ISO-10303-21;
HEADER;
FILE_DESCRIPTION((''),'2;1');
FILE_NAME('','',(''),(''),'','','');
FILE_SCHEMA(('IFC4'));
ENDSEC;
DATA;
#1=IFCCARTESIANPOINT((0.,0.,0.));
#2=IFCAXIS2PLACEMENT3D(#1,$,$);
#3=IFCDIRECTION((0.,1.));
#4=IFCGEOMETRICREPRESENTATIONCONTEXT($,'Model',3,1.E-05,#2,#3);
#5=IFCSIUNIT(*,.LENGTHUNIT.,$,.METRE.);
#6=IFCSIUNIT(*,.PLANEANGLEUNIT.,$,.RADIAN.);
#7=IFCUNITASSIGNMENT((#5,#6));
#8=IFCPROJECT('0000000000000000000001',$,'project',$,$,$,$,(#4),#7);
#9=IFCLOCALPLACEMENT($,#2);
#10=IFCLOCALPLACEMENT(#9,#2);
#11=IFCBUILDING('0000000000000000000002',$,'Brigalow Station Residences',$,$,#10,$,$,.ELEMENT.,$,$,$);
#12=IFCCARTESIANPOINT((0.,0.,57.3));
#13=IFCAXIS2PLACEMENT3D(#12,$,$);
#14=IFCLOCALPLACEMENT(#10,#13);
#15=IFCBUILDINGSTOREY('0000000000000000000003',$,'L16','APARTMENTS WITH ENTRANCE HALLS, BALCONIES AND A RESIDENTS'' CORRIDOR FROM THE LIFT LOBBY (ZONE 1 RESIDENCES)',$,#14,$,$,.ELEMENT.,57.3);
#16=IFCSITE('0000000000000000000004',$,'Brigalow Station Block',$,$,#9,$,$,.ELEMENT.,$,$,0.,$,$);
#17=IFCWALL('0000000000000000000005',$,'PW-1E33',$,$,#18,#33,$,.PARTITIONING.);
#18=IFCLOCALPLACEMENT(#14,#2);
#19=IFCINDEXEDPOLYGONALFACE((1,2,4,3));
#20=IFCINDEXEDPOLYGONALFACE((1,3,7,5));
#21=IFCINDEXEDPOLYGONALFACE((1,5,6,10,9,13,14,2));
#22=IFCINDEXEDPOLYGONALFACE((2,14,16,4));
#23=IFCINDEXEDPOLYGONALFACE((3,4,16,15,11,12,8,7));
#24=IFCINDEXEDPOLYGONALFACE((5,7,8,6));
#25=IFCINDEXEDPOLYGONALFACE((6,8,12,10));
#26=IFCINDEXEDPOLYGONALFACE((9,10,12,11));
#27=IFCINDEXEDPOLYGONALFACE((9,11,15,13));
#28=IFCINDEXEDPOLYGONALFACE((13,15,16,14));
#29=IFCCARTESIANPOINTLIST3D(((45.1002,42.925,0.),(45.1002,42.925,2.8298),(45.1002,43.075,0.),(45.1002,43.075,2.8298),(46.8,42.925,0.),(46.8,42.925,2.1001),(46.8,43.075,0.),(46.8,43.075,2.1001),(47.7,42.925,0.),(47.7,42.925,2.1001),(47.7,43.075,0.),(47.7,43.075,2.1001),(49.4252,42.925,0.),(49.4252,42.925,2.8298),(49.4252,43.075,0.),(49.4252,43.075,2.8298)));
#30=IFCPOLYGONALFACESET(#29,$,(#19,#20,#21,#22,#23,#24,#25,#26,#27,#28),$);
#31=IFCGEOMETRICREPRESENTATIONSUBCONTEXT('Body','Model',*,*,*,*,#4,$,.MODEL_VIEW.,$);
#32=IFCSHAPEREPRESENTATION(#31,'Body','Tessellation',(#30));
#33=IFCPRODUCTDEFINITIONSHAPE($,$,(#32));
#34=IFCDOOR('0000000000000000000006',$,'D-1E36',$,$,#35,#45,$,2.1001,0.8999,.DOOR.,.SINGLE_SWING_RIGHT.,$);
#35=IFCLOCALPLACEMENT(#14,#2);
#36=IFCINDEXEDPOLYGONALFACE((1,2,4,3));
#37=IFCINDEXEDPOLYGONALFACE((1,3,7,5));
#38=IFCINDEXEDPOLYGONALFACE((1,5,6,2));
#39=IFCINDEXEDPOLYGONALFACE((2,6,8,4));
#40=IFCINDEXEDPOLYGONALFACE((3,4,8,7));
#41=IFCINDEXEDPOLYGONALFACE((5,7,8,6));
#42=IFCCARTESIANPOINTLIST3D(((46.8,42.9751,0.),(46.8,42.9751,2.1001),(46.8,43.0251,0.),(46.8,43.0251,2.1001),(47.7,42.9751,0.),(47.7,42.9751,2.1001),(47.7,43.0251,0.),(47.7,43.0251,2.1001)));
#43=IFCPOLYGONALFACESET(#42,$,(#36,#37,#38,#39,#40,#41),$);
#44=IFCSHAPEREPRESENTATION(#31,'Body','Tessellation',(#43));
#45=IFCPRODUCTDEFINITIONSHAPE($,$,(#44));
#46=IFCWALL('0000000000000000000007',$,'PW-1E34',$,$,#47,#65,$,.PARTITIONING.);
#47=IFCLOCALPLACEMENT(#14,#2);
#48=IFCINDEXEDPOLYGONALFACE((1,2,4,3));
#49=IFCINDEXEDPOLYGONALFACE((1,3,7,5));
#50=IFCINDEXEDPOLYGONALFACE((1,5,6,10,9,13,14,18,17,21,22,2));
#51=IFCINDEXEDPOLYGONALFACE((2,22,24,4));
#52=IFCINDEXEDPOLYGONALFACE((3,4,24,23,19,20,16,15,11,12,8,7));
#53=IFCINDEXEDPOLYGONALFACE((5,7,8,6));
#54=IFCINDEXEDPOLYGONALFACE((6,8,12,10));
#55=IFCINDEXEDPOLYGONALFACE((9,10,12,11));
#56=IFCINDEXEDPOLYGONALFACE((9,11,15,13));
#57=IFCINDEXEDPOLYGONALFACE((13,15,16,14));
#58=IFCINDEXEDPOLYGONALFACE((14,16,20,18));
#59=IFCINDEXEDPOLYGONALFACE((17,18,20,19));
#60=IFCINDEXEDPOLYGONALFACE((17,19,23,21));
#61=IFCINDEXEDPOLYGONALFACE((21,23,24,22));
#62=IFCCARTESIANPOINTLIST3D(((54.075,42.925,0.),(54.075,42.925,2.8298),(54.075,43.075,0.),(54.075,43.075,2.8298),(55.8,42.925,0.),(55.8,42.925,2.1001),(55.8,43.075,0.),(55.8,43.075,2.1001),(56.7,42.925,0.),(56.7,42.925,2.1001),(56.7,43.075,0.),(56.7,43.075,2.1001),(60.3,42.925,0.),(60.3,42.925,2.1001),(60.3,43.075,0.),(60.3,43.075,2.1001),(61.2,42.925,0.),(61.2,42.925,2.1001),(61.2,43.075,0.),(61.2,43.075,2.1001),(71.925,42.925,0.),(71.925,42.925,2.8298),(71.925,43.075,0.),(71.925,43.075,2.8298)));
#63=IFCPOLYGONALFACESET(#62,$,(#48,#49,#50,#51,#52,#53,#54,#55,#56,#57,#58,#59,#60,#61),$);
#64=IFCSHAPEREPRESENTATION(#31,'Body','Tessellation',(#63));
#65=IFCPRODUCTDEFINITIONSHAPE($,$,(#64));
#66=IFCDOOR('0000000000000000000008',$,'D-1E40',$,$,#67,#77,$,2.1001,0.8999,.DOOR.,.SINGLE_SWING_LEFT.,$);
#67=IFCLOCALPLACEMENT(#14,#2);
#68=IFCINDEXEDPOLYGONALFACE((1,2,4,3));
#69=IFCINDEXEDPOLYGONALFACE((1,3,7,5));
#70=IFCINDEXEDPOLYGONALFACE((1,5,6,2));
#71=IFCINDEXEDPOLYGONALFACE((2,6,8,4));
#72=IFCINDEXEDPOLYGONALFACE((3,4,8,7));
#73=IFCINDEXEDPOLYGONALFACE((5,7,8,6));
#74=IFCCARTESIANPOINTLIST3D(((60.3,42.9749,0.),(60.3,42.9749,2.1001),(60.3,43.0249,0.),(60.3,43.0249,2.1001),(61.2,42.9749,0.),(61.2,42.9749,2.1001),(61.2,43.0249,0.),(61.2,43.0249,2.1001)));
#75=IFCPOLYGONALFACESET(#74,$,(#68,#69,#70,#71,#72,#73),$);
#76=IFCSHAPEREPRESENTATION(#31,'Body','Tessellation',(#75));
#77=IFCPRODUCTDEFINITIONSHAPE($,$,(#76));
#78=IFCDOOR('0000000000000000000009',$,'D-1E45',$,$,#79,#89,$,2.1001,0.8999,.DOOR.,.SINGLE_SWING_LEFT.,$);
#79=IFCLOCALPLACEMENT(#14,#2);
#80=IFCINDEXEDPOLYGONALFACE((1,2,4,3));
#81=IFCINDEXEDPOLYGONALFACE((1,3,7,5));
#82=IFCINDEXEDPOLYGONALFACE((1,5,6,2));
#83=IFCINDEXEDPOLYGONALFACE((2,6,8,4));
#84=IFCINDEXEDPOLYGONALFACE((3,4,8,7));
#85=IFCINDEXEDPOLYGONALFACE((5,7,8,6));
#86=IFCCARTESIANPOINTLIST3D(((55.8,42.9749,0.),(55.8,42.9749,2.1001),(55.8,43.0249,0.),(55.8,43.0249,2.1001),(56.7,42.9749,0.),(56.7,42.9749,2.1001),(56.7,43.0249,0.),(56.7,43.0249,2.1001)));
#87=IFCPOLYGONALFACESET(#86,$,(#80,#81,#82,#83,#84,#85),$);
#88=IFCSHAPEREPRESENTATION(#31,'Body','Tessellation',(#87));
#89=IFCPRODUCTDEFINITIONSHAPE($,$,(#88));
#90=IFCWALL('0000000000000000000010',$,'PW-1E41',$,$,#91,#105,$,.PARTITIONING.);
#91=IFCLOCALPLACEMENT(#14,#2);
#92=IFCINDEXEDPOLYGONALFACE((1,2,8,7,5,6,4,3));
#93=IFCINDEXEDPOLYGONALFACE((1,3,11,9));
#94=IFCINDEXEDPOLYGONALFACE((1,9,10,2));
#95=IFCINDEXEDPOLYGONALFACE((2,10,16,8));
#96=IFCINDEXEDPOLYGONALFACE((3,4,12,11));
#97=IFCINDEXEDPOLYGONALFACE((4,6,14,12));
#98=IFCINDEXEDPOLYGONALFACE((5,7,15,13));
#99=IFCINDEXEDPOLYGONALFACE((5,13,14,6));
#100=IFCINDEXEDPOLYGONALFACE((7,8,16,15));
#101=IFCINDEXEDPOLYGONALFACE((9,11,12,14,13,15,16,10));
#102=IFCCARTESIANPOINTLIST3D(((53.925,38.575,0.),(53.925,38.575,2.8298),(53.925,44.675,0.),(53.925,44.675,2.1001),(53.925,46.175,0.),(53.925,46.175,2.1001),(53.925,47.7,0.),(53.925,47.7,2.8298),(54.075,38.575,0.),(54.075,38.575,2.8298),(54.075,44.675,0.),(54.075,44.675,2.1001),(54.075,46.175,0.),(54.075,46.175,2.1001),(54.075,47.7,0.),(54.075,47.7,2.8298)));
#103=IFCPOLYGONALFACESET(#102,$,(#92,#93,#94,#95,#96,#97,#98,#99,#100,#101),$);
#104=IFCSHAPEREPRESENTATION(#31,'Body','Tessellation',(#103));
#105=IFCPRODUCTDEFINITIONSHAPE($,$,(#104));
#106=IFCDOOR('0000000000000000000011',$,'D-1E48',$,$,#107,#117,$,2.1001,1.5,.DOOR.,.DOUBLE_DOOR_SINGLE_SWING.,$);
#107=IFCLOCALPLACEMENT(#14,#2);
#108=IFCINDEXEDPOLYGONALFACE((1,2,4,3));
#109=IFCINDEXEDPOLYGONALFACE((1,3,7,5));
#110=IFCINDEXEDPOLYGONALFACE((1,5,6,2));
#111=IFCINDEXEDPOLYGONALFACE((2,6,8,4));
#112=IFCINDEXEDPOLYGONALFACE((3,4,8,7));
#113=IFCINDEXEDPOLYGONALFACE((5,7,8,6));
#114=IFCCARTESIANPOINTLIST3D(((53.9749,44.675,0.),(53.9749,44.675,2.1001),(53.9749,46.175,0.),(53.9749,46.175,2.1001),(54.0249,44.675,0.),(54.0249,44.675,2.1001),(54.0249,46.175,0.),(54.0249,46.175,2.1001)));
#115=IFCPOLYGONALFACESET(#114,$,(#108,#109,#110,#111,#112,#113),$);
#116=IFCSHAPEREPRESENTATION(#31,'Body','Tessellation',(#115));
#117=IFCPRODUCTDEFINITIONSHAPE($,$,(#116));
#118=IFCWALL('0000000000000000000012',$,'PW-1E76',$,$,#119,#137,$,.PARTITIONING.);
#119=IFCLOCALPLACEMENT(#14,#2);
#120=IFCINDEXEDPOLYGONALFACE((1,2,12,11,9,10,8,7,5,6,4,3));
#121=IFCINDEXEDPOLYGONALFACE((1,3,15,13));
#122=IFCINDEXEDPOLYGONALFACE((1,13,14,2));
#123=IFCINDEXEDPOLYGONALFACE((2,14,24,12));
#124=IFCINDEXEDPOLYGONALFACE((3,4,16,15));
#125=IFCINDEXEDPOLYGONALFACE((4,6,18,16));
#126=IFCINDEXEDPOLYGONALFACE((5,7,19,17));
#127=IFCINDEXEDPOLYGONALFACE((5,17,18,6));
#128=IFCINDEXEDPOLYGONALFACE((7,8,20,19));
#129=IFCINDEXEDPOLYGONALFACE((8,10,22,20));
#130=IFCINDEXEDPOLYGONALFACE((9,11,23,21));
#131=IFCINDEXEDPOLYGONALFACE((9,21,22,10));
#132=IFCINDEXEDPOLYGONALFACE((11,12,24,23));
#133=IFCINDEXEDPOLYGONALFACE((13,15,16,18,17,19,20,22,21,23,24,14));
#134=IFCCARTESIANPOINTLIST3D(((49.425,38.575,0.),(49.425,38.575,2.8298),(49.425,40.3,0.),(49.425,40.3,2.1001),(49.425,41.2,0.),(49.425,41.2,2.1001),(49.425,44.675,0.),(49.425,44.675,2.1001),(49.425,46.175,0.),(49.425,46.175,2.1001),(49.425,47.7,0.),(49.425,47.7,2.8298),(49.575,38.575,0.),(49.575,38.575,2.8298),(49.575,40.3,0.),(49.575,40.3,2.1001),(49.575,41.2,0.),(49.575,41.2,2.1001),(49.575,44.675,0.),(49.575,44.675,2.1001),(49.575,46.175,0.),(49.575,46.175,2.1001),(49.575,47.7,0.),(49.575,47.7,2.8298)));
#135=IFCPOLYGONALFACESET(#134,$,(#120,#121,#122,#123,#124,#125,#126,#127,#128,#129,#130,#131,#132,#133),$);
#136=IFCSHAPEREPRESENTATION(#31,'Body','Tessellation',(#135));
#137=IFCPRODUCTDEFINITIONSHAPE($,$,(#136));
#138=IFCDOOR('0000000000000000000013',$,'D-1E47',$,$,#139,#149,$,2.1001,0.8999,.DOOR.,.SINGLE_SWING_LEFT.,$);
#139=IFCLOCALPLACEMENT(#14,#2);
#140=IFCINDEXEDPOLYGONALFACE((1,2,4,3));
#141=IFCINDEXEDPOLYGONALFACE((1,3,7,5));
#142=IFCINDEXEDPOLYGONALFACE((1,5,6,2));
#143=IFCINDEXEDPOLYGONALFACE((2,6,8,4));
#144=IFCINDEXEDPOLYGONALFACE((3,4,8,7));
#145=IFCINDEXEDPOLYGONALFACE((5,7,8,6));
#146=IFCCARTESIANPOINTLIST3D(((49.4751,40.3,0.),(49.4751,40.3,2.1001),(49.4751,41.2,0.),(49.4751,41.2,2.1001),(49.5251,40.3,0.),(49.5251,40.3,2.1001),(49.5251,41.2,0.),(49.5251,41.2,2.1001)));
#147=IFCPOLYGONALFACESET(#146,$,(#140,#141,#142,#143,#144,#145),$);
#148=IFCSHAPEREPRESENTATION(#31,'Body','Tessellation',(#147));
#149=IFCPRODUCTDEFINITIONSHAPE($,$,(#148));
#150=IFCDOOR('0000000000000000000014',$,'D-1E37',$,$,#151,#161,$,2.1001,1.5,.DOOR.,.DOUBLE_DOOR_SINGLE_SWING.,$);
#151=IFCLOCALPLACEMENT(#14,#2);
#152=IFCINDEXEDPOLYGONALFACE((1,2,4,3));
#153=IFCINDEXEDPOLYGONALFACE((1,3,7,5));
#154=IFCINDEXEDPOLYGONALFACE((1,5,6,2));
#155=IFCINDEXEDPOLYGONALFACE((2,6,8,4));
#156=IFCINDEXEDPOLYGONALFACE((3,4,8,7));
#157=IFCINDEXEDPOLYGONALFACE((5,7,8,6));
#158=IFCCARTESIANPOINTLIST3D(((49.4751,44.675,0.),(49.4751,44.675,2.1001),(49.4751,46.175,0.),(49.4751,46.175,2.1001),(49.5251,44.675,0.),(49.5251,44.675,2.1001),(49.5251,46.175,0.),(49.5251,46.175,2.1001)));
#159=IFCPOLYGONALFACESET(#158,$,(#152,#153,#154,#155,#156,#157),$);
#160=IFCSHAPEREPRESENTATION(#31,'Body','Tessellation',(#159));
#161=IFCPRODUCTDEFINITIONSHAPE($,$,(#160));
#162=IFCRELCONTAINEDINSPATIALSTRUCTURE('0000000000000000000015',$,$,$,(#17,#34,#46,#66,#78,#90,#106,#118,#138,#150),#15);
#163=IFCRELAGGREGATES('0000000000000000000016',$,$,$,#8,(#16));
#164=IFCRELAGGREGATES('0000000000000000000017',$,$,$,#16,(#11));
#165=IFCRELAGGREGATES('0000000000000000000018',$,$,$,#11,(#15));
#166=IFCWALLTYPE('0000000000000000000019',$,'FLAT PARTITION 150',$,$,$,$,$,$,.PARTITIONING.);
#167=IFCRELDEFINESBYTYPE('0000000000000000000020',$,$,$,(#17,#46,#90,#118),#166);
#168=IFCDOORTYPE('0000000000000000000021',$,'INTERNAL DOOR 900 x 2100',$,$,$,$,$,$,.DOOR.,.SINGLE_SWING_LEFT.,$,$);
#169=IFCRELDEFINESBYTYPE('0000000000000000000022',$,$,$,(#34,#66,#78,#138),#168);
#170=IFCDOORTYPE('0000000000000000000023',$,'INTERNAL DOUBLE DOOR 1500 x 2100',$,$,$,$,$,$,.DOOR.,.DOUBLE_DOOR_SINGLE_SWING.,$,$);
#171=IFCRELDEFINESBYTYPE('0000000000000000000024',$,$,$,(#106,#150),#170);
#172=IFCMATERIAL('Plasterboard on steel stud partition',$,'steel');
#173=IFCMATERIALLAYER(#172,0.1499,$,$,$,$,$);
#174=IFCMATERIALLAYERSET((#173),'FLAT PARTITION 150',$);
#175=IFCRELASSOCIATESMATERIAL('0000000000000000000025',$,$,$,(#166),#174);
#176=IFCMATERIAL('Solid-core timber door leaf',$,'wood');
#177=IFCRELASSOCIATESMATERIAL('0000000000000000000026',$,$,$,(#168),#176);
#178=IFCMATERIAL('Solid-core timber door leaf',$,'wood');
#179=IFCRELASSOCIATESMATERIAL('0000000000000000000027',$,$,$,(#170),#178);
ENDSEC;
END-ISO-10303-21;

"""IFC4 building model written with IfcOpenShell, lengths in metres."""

from ifc_helpers import new_model, si_unit, direction, frame, frame_2d, origin, place, context, subcontext, project, spatial, rectangle, extrude, material, layer, layer_set, type_object, element, fill, save


model = new_model("IFC4")

# Units and contexts
model_context = context("Model", 3, precision=1e-05, world=origin(), true_north=direction((0.0, 1.0)))
body_context = subcontext(model_context, "Body", "Model", "MODEL_VIEW")
ifc_project = project(units=[si_unit("LENGTHUNIT", "METRE"), si_unit("PLANEANGLEUNIT", "RADIAN")], contexts=[model_context])

# Site, building, storey
site_placement = place(None, origin())
site = spatial("IfcSite", under=ifc_project, at=site_placement, Name="Brigalow Station Block", CompositionType="ELEMENT", RefElevation=0.0)
building_placement = place(site_placement, origin())
building = spatial("IfcBuilding", under=site, at=building_placement, Name="Brigalow Station Residences", CompositionType="ELEMENT")
storey_placement = place(building_placement, frame((0.0, 0.0, 57.3)))
storey = spatial("IfcBuildingStorey", under=building, at=storey_placement, Name="L16", Description="APARTMENTS WITH ENTRANCE HALLS, BALCONIES AND A RESIDENTS' CORRIDOR FROM THE LIFT LOBBY (ZONE 1 RESIDENCES)", CompositionType="ELEMENT", Elevation=57.3)

# Wall, opening, door
ifc_material_1 = material(Name="Plasterboard on steel stud partition", Category="steel")
ifc_layer_1 = layer(ifc_material_1, 0.1499)
ifc_layer_set_1 = layer_set([ifc_layer_1], Name="FLAT PARTITION 150")
wall_type_1 = type_object("IfcWallType", Name="FLAT PARTITION 150", PredefinedType="PARTITIONING", material=ifc_layer_set_1)
ifc_material_2 = material(Name="Solid-core timber door leaf", Category="wood")
door_type_1 = type_object("IfcDoorType", Name="INTERNAL DOOR 900 x 2100", OperationType="SINGLE_SWING_LEFT", PredefinedType="DOOR", material=ifc_material_2)
wall_1_placement = place(storey_placement, frame((45.1001, 43.0, 0.0), z_axis=(0.0, 0.0, 1.0), x_axis=(1.0, 0.0, 0.0)))
wall_1 = element("IfcWall", 1, at=wall_1_placement, inside=storey, type_object=wall_type_1, Name="PW-1E33", PredefinedType="PARTITIONING", context=body_context, shape_type="SweptSolid", body=[
    extrude(rectangle(XDim=4.325, YDim=0.1499, at=frame_2d((2.1626, 0.0))), origin(), (0.0, 0.0, 1.0), 2.8298),
])
opening_1_placement = place(wall_1_placement, frame((1.7, 0.0, 0.0)))
opening_1 = element("IfcOpeningElement", 2, at=opening_1_placement, cuts=wall_1, PredefinedType="OPENING", context=body_context, shape_type="SweptSolid", body=[
    extrude(rectangle(XDim=0.8999, YDim=2.1001, at=frame_2d((0.45, 1.05))), frame((0.0, 0.085, 0.0), z_axis=(0.0, -1.0, 0.0), x_axis=(1.0, 0.0, 0.0)), (0.0, 0.0, 1.0), 0.1699),
])
door_1_placement = place(opening_1_placement, frame((0.8999, 0.0, 0.0), z_axis=(0.0, 0.0, 1.0), x_axis=(-1.0, 0.0, 0.0)))
door_1 = element("IfcDoor", 3, at=door_1_placement, inside=storey, type_object=door_type_1, Name="D-1E36", OperationType="SINGLE_SWING_RIGHT", OverallHeight=2.1001, OverallWidth=0.8999, PredefinedType="DOOR", context=body_context, shape_type="SweptSolid", body=[
    extrude(rectangle(XDim=0.8999, YDim=2.1001, at=frame_2d((0.45, 1.05))), frame((0.0, 0.0249, 0.0), z_axis=(0.0, -1.0, 0.0), x_axis=(1.0, 0.0, 0.0)), (0.0, 0.0, 1.0), 0.05),
])
fill(opening_1, door_1)

# Wall, openings, doors
wall_2_placement = place(storey_placement, frame((54.075, 43.0, 0.0), z_axis=(0.0, 0.0, 1.0), x_axis=(1.0, 0.0, 0.0)))
wall_2 = element("IfcWall", 4, at=wall_2_placement, inside=storey, type_object=wall_type_1, Name="PW-1E34", PredefinedType="PARTITIONING", context=body_context, shape_type="SweptSolid", body=[
    extrude(rectangle(XDim=17.8501, YDim=0.1499, at=frame_2d((8.925, 0.0))), origin(), (0.0, 0.0, 1.0), 2.8298),
])
opening_2_placement = place(wall_2_placement, frame((6.2251, 0.0, 0.0)))
opening_2 = element("IfcOpeningElement", 5, at=opening_2_placement, cuts=wall_2, PredefinedType="OPENING", context=body_context, shape_type="SweptSolid", body=[
    extrude(rectangle(XDim=0.8999, YDim=2.1001, at=frame_2d((0.45, 1.05))), frame((0.0, 0.085, 0.0), z_axis=(0.0, -1.0, 0.0), x_axis=(1.0, 0.0, 0.0)), (0.0, 0.0, 1.0), 0.1699),
])
opening_3_placement = place(wall_2_placement, frame((1.7251, 0.0, 0.0)))
opening_3 = element("IfcOpeningElement", 6, at=opening_3_placement, cuts=wall_2, PredefinedType="OPENING", context=body_context, shape_type="SweptSolid", body=[
    extrude(rectangle(XDim=0.8999, YDim=2.1001, at=frame_2d((0.45, 1.05))), frame((0.0, 0.085, 0.0), z_axis=(0.0, -1.0, 0.0), x_axis=(1.0, 0.0, 0.0)), (0.0, 0.0, 1.0), 0.1699),
])
door_2_placement = place(opening_2_placement, origin())
door_2 = element("IfcDoor", 7, at=door_2_placement, inside=storey, type_object=door_type_1, Name="D-1E40", OperationType="SINGLE_SWING_LEFT", OverallHeight=2.1001, OverallWidth=0.8999, PredefinedType="DOOR", context=body_context, shape_type="SweptSolid", body=[
    extrude(rectangle(XDim=0.8999, YDim=2.1001, at=frame_2d((0.45, 1.05))), frame((0.0, 0.0249, 0.0), z_axis=(0.0, -1.0, 0.0), x_axis=(1.0, 0.0, 0.0)), (0.0, 0.0, 1.0), 0.05),
])
fill(opening_2, door_2)
door_3_placement = place(opening_3_placement, origin())
door_3 = element("IfcDoor", 8, at=door_3_placement, inside=storey, type_object=door_type_1, Name="D-1E45", OperationType="SINGLE_SWING_LEFT", OverallHeight=2.1001, OverallWidth=0.8999, PredefinedType="DOOR", context=body_context, shape_type="SweptSolid", body=[
    extrude(rectangle(XDim=0.8999, YDim=2.1001, at=frame_2d((0.45, 1.05))), frame((0.0, 0.0249, 0.0), z_axis=(0.0, -1.0, 0.0), x_axis=(1.0, 0.0, 0.0)), (0.0, 0.0, 1.0), 0.05),
])
fill(opening_3, door_3)

# Wall, opening, door
wall_3_placement = place(storey_placement, frame((54.0, 38.575, 0.0), z_axis=(0.0, 0.0, 1.0), x_axis=(0.0, 1.0, 0.0)))
wall_3 = element("IfcWall", 9, at=wall_3_placement, inside=storey, type_object=wall_type_1, Name="PW-1E41", PredefinedType="PARTITIONING", context=body_context, shape_type="SweptSolid", body=[
    extrude(rectangle(XDim=9.125, YDim=0.1499, at=frame_2d((4.5625, 0.0))), origin(), (0.0, 0.0, 1.0), 2.8298),
])
opening_4_placement = place(wall_3_placement, frame((6.1001, 0.0, 0.0)))
opening_4 = element("IfcOpeningElement", 10, at=opening_4_placement, cuts=wall_3, PredefinedType="OPENING", context=body_context, shape_type="SweptSolid", body=[
    extrude(rectangle(XDim=1.5, YDim=2.1001, at=frame_2d((0.75, 1.05))), frame((0.0, 0.085, 0.0), z_axis=(0.0, -1.0, 0.0), x_axis=(1.0, 0.0, 0.0)), (0.0, 0.0, 1.0), 0.1699),
])
ifc_material_3 = material(Name="Solid-core timber door leaf", Category="wood")
door_type_2 = type_object("IfcDoorType", Name="INTERNAL DOUBLE DOOR 1500 x 2100", OperationType="DOUBLE_DOOR_SINGLE_SWING", PredefinedType="DOOR", material=ifc_material_3)
door_4_placement = place(opening_4_placement, frame((1.5, 0.0, 0.0), z_axis=(0.0, 0.0, 1.0), x_axis=(-1.0, 0.0, 0.0)))
door_4 = element("IfcDoor", 11, at=door_4_placement, inside=storey, type_object=door_type_2, Name="D-1E48", OperationType="DOUBLE_DOOR_SINGLE_SWING", OverallHeight=2.1001, OverallWidth=1.5, PredefinedType="DOOR", context=body_context, shape_type="SweptSolid", body=[
    extrude(rectangle(XDim=1.5, YDim=2.1001, at=frame_2d((0.75, 1.05))), frame((0.0, 0.0249, 0.0), z_axis=(0.0, -1.0, 0.0), x_axis=(1.0, 0.0, 0.0)), (0.0, 0.0, 1.0), 0.05),
])
fill(opening_4, door_4)

# Wall, openings, doors
wall_4_placement = place(storey_placement, frame((49.5, 38.575, 0.0), z_axis=(0.0, 0.0, 1.0), x_axis=(0.0, 1.0, 0.0)))
wall_4 = element("IfcWall", 12, at=wall_4_placement, inside=storey, type_object=wall_type_1, Name="PW-1E76", PredefinedType="PARTITIONING", context=body_context, shape_type="SweptSolid", body=[
    extrude(rectangle(XDim=9.125, YDim=0.1499, at=frame_2d((4.5625, 0.0))), origin(), (0.0, 0.0, 1.0), 2.8298),
])
opening_5_placement = place(wall_4_placement, frame((6.1001, 0.0, 0.0)))
opening_5 = element("IfcOpeningElement", 13, at=opening_5_placement, cuts=wall_4, PredefinedType="OPENING", context=body_context, shape_type="SweptSolid", body=[
    extrude(rectangle(XDim=1.5, YDim=2.1001, at=frame_2d((0.75, 1.05))), frame((0.0, 0.085, 0.0), z_axis=(0.0, -1.0, 0.0), x_axis=(1.0, 0.0, 0.0)), (0.0, 0.0, 1.0), 0.1699),
])
opening_6_placement = place(wall_4_placement, frame((1.7251, 0.0, 0.0)))
opening_6 = element("IfcOpeningElement", 14, at=opening_6_placement, cuts=wall_4, PredefinedType="OPENING", context=body_context, shape_type="SweptSolid", body=[
    extrude(rectangle(XDim=0.8999, YDim=2.1001, at=frame_2d((0.45, 1.05))), frame((0.0, 0.085, 0.0), z_axis=(0.0, -1.0, 0.0), x_axis=(1.0, 0.0, 0.0)), (0.0, 0.0, 1.0), 0.1699),
])
door_5_placement = place(opening_6_placement, origin())
door_5 = element("IfcDoor", 15, at=door_5_placement, inside=storey, type_object=door_type_1, Name="D-1E47", OperationType="SINGLE_SWING_LEFT", OverallHeight=2.1001, OverallWidth=0.8999, PredefinedType="DOOR", context=body_context, shape_type="SweptSolid", body=[
    extrude(rectangle(XDim=0.8999, YDim=2.1001, at=frame_2d((0.45, 1.05))), frame((0.0, 0.0249, 0.0), z_axis=(0.0, -1.0, 0.0), x_axis=(1.0, 0.0, 0.0)), (0.0, 0.0, 1.0), 0.05),
])
fill(opening_6, door_5)
door_6_placement = place(opening_5_placement, origin())
door_6 = element("IfcDoor", 16, at=door_6_placement, inside=storey, type_object=door_type_2, Name="D-1E37", OperationType="DOUBLE_DOOR_SINGLE_SWING", OverallHeight=2.1001, OverallWidth=1.5, PredefinedType="DOOR", context=body_context, shape_type="SweptSolid", body=[
    extrude(rectangle(XDim=1.5, YDim=2.1001, at=frame_2d((0.75, 1.05))), frame((0.0, 0.0249, 0.0), z_axis=(0.0, -1.0, 0.0), x_axis=(1.0, 0.0, 0.0)), (0.0, 0.0, 1.0), 0.05),
])
fill(opening_5, door_6)

save(model, "model.ifc")
